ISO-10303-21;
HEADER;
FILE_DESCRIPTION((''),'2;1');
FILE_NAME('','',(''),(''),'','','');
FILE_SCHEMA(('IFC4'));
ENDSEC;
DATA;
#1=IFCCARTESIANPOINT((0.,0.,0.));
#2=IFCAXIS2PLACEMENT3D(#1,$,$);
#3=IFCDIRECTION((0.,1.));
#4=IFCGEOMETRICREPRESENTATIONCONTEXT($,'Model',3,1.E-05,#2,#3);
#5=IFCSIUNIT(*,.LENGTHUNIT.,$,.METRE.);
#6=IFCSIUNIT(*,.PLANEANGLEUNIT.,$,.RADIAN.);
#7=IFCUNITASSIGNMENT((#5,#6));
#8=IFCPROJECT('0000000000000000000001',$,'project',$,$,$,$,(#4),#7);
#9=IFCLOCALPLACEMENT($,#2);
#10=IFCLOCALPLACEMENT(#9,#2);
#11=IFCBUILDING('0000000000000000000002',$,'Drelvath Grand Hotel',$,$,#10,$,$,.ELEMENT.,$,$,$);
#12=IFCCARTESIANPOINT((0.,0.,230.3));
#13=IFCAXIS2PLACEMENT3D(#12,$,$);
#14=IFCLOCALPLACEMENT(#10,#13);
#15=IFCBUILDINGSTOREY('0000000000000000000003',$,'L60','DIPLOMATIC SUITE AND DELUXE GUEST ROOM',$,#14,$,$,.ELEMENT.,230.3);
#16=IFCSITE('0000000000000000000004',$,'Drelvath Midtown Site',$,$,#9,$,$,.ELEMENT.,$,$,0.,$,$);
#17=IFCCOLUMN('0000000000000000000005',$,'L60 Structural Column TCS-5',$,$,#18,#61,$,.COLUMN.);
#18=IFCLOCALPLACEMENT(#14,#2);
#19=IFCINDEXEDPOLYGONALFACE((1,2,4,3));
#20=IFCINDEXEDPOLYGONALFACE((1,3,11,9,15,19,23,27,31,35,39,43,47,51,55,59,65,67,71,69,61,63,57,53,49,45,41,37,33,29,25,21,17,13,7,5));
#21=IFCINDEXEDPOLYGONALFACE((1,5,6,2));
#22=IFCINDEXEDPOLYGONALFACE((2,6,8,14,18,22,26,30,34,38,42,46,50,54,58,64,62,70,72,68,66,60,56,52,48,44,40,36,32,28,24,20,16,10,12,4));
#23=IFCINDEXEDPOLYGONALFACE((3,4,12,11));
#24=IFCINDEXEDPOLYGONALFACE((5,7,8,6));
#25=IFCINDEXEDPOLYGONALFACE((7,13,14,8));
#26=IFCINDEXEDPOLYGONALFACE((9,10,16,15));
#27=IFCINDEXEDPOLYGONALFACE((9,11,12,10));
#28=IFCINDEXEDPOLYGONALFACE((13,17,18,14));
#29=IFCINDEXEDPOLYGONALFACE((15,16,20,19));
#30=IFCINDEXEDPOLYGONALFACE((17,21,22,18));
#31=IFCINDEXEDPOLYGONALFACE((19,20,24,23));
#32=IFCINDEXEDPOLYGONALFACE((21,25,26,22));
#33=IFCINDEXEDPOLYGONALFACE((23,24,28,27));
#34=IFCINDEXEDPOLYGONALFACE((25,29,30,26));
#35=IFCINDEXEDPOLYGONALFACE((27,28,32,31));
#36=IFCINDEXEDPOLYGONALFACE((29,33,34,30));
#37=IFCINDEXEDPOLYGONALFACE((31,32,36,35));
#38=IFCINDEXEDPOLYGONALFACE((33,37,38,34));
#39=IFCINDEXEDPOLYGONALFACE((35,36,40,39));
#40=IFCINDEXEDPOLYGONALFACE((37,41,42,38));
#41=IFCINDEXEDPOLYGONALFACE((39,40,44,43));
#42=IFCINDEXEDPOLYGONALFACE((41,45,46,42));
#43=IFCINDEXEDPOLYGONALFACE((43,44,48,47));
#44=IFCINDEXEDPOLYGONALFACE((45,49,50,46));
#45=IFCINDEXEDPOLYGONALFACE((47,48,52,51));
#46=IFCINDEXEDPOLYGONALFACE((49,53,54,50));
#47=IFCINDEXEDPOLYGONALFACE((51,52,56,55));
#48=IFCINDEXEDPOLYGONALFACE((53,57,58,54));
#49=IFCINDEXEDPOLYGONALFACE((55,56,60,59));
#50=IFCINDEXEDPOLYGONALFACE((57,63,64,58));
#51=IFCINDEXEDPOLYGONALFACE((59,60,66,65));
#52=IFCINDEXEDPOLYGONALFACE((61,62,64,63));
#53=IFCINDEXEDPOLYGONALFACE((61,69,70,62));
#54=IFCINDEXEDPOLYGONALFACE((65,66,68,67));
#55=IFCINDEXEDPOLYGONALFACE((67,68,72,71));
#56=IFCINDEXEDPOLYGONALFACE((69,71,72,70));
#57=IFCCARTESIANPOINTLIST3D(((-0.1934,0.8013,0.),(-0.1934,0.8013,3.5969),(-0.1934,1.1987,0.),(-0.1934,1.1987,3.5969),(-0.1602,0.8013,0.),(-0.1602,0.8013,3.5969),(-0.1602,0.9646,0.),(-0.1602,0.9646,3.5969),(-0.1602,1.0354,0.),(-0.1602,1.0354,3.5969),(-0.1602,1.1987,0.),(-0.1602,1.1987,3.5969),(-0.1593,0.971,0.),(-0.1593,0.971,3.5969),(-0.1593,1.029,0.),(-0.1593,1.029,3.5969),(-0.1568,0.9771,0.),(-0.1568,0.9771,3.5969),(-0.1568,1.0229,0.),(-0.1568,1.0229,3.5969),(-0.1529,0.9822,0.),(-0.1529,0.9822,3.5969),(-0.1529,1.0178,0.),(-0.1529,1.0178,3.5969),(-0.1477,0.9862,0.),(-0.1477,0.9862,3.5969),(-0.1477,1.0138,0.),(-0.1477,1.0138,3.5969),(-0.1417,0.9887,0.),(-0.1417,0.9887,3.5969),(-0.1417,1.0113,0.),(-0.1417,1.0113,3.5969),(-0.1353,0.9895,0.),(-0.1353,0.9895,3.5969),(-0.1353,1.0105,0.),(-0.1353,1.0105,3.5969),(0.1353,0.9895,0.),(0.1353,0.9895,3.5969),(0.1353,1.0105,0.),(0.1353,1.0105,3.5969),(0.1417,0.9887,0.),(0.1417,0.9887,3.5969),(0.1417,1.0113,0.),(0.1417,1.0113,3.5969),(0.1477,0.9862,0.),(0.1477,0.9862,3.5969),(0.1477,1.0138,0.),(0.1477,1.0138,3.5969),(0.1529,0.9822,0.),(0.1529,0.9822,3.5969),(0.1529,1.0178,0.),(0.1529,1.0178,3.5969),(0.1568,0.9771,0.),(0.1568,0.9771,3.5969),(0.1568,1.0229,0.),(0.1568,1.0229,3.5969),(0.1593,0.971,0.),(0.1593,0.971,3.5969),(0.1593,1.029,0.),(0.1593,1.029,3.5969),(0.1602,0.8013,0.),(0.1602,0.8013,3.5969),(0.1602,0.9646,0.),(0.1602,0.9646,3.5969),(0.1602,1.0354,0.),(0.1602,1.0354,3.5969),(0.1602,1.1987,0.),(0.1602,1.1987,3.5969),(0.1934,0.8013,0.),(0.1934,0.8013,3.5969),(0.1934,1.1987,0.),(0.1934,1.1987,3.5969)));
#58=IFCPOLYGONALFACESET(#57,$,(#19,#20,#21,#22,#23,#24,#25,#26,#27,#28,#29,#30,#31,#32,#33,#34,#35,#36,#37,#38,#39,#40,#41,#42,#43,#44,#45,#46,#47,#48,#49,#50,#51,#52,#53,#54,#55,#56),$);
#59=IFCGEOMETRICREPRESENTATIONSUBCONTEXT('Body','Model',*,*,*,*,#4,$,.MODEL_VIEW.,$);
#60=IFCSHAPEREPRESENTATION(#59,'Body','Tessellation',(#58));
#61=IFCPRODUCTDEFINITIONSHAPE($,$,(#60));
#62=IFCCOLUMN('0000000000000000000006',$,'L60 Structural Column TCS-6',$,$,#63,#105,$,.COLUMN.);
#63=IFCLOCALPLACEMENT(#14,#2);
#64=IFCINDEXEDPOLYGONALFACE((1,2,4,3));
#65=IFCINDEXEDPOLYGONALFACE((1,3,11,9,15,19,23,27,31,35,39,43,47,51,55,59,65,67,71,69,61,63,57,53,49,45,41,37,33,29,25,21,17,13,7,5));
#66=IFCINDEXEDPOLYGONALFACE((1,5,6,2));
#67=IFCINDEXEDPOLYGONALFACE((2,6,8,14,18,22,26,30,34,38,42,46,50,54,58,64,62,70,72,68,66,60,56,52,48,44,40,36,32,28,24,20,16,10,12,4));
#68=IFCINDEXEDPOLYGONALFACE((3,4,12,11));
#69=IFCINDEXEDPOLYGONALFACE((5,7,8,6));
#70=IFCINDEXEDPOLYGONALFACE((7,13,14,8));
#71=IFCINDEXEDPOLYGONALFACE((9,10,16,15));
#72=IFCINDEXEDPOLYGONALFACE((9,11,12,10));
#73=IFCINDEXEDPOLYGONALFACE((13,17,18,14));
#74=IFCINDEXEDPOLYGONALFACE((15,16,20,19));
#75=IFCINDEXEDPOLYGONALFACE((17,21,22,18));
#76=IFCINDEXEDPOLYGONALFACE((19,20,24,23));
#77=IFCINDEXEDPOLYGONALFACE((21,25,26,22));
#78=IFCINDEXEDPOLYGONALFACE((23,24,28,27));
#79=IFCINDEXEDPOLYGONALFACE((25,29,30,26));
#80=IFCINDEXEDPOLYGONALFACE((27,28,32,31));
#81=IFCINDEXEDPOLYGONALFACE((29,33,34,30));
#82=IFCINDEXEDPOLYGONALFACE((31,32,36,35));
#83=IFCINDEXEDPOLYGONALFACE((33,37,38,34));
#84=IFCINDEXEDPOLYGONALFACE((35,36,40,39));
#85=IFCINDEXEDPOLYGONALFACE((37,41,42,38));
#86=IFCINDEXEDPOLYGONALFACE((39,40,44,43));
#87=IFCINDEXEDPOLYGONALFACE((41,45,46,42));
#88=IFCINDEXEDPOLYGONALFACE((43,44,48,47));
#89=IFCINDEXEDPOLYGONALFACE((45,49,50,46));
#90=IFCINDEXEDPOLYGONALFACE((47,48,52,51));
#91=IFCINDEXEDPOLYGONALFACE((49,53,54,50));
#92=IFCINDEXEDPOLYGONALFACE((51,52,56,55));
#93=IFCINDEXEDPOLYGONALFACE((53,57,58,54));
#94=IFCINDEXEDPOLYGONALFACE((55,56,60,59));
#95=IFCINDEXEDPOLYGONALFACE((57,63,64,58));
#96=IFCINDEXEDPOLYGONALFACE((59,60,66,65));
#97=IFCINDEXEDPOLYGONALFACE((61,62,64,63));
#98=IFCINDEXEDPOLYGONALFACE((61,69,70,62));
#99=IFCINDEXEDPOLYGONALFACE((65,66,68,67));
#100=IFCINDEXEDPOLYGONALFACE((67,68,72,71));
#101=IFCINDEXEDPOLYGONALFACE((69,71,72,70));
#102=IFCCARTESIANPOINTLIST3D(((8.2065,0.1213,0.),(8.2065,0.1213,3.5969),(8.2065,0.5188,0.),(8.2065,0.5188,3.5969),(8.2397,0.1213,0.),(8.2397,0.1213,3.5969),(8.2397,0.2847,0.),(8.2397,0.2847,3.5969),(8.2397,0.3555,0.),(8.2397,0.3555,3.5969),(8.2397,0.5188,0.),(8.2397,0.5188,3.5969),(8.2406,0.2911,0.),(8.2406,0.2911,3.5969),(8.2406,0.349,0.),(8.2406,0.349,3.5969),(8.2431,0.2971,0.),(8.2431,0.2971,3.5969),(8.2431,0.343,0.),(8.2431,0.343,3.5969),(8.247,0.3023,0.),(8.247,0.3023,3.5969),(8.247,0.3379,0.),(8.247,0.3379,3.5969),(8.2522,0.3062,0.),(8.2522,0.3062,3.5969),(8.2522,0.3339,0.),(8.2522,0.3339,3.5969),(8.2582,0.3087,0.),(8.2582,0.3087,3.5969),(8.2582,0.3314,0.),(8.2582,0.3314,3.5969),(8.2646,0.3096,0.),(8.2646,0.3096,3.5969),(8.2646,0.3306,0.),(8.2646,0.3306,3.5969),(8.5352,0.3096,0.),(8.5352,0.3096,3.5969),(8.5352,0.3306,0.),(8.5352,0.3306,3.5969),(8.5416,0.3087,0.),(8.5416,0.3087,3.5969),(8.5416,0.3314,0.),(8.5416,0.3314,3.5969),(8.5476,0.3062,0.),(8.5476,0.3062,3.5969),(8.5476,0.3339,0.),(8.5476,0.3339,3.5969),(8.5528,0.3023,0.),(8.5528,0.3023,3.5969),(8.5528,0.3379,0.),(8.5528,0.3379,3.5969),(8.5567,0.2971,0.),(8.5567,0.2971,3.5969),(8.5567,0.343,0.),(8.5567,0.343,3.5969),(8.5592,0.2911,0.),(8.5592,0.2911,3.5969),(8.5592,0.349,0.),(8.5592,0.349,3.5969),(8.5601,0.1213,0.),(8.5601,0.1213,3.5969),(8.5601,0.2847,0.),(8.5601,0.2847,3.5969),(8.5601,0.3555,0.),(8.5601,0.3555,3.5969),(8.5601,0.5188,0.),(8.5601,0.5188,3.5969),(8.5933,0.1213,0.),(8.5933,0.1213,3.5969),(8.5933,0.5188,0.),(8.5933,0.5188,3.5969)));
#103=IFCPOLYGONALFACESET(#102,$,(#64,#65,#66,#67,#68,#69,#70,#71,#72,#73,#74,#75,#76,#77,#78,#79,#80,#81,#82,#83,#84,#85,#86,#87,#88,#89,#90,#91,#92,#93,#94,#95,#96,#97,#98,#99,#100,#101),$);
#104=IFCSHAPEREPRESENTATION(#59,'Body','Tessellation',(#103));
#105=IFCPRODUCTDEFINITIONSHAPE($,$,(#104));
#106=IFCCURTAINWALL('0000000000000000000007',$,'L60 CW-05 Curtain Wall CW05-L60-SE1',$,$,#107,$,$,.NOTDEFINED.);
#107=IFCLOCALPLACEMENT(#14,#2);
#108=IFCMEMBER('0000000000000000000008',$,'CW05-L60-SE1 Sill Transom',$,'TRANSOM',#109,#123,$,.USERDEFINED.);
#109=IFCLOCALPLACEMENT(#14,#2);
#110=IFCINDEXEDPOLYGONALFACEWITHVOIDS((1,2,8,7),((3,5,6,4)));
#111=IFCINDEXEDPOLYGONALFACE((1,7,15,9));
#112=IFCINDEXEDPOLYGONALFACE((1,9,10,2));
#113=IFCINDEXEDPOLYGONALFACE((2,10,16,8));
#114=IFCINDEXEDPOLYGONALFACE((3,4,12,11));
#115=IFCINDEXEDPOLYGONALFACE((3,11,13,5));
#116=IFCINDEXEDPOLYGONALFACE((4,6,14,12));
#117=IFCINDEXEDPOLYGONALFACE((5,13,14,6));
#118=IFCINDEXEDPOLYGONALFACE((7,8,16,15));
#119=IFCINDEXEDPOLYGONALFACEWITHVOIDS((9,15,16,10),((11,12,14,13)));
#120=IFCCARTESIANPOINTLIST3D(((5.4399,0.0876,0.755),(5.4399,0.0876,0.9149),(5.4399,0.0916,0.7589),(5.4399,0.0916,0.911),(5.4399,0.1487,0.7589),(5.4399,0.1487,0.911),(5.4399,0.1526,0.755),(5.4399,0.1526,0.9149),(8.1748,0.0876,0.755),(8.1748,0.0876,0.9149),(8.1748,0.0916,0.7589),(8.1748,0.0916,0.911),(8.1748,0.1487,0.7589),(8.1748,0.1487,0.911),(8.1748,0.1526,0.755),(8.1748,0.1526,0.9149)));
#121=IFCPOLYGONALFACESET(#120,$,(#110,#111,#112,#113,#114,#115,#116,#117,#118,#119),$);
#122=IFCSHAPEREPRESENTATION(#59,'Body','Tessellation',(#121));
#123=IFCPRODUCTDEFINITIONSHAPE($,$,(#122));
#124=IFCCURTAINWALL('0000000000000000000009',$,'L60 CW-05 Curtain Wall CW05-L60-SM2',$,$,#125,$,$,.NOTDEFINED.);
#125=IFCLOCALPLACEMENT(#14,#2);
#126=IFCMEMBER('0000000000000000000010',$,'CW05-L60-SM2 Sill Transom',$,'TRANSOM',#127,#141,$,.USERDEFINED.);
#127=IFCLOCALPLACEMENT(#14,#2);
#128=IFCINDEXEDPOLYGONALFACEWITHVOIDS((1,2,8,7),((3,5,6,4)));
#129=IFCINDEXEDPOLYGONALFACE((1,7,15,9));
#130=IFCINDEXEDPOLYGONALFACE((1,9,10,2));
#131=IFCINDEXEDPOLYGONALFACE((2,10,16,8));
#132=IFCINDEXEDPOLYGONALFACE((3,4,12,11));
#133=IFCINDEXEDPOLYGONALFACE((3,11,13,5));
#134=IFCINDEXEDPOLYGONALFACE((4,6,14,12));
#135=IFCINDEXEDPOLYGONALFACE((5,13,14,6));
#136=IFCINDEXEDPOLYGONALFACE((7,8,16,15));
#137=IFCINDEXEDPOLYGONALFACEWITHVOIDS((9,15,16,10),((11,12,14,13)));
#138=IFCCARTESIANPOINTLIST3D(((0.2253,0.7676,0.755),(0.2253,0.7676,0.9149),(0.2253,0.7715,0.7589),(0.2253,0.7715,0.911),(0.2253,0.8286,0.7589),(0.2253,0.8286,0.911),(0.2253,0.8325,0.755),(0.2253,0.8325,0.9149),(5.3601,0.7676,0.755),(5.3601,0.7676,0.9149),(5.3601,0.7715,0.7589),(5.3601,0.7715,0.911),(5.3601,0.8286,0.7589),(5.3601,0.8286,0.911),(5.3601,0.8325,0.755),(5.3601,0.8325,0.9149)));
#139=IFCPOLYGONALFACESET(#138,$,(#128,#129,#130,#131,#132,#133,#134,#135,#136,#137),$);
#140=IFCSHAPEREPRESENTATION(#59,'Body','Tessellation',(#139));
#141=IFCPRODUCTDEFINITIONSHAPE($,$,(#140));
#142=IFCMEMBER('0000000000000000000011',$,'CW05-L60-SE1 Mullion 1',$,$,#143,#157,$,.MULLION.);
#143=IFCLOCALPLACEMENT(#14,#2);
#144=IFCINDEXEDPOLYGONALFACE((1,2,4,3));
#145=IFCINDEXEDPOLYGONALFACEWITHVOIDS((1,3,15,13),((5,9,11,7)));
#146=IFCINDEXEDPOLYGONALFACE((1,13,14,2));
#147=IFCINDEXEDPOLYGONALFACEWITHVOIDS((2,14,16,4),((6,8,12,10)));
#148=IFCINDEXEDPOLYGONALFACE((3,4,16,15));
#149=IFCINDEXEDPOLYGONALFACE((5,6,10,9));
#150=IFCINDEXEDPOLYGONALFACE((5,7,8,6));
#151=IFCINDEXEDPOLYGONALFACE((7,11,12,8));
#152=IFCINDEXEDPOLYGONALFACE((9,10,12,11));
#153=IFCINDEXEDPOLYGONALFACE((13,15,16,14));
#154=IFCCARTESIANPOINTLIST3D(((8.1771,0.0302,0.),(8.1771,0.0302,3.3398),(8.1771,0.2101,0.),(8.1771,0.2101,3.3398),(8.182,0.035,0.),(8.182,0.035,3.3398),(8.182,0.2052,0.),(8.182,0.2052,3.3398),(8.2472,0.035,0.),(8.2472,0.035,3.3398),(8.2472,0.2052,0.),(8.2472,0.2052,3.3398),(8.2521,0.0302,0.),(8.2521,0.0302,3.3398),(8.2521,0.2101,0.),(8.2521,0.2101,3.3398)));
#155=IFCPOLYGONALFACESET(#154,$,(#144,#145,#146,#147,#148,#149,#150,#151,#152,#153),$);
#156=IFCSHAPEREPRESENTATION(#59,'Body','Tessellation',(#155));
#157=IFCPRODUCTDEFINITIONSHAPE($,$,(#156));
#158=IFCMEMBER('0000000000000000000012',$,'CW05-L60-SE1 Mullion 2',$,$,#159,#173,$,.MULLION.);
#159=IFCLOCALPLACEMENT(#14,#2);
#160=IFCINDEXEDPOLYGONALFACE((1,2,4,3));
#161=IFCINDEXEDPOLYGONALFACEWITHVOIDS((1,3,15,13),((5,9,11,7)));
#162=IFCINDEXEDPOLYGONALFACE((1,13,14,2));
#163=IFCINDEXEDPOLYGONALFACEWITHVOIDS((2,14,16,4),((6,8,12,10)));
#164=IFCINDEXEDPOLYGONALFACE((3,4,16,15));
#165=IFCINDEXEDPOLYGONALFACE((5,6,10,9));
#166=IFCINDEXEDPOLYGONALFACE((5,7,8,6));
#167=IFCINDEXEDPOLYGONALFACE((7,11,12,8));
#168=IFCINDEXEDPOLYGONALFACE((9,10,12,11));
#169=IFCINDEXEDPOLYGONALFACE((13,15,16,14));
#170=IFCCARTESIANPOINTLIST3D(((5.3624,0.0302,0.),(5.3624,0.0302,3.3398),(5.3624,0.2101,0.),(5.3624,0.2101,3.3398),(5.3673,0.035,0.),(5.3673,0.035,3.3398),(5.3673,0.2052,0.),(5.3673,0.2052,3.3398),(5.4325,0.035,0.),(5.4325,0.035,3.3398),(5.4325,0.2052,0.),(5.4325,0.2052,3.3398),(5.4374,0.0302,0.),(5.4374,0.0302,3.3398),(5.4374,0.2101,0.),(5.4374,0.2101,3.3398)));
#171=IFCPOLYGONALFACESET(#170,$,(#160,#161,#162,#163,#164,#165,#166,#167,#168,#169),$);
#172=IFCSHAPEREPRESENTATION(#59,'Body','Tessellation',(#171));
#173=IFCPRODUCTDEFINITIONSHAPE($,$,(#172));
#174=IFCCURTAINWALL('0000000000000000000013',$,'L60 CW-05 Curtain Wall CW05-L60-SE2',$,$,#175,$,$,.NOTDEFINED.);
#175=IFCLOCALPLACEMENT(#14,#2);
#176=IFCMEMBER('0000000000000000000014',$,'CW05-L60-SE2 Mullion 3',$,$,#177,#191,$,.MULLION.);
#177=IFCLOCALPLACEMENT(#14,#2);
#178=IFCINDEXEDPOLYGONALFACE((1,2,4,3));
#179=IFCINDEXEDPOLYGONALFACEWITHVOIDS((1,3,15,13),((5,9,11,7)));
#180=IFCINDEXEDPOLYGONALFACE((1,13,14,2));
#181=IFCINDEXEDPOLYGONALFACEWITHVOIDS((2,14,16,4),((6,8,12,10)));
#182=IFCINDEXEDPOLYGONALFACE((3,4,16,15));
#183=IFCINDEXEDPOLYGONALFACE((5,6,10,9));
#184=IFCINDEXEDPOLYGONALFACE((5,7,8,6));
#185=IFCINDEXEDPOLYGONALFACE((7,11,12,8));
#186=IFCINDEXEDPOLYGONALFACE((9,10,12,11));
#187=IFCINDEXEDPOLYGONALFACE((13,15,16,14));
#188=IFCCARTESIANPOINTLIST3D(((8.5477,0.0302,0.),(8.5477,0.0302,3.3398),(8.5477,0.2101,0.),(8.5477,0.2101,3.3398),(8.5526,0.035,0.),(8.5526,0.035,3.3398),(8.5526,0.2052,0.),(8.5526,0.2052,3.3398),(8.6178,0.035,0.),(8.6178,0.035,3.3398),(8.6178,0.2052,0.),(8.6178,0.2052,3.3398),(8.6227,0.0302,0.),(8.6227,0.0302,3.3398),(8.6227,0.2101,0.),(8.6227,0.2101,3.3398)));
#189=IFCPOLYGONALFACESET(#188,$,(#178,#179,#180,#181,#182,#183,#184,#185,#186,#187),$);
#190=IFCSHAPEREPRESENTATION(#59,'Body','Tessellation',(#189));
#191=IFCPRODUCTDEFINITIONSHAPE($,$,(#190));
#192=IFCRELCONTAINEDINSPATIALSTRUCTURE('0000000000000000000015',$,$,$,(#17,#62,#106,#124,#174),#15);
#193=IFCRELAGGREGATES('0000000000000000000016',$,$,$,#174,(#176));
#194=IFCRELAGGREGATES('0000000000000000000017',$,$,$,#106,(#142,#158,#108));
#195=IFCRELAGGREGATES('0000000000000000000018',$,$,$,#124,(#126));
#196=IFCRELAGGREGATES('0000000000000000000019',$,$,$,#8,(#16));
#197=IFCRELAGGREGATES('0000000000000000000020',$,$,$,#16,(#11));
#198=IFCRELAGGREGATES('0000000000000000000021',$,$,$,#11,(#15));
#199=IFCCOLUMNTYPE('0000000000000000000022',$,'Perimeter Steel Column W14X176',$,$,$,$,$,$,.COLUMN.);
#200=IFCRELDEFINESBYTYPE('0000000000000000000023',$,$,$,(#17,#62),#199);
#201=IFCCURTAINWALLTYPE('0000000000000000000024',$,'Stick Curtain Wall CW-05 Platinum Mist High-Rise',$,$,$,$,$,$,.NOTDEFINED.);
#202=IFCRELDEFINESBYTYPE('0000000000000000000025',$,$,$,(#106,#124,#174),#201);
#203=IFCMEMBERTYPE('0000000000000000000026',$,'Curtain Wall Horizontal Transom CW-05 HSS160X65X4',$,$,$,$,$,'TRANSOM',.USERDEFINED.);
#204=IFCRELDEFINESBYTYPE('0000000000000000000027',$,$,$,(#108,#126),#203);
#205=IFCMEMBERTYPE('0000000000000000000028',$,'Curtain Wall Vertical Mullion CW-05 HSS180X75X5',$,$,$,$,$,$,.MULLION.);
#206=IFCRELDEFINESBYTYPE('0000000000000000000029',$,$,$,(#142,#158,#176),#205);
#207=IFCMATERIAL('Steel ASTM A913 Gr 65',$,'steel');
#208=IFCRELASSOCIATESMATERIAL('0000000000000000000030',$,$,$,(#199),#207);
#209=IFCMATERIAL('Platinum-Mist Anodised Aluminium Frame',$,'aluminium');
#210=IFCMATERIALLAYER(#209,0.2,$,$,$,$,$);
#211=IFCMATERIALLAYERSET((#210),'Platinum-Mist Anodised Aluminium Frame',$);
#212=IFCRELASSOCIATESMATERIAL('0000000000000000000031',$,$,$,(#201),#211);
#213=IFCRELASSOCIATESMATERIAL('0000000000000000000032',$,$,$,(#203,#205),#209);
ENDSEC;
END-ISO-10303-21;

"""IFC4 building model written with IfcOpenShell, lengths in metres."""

from ifc_helpers import new_model, si_unit, direction, frame, origin, origin_2d, place, context, subcontext, project, spatial, hollow_rectangle, i_section, extrude, material, layer, layer_set, material_profile, profile_set, type_object, element, aggregate, save


model = new_model("IFC4")

# Units and contexts
model_context = context("Model", 3, precision=1e-05, world=origin(), true_north=direction((0.0, 1.0)))
body_context = subcontext(model_context, "Body", "Model", "MODEL_VIEW")
ifc_project = project(units=[si_unit("LENGTHUNIT", "METRE"), si_unit("PLANEANGLEUNIT", "RADIAN")], contexts=[model_context])

# Site, building, storey
site_placement = place(None, origin())
site = spatial("IfcSite", under=ifc_project, at=site_placement, Name="Drelvath Midtown Site", CompositionType="ELEMENT", RefElevation=0.0)
building_placement = place(site_placement, origin())
building = spatial("IfcBuilding", under=site, at=building_placement, Name="Drelvath Grand Hotel", CompositionType="ELEMENT")
storey_placement = place(building_placement, frame((0.0, 0.0, 230.3)))
storey = spatial("IfcBuildingStorey", under=building, at=storey_placement, Name="L60", Description="DIPLOMATIC SUITE AND DELUXE GUEST ROOM", CompositionType="ELEMENT", Elevation=230.3)

# Columns
ifc_material_1 = material(Name="Steel ASTM A913 Gr 65", Category="steel")
ifc_material_profile_1 = material_profile(ifc_material_1, i_section(OverallWidth=0.3975, OverallDepth=0.3867, WebThickness=0.021, FlangeThickness=0.0332, FilletRadius=0.0249, at=origin_2d()), Name="W14X176")
ifc_profile_set_1 = profile_set([ifc_material_profile_1], Name="Steel ASTM A913 Gr 65")
column_type = type_object("IfcColumnType", Name="Perimeter Steel Column W14X176", PredefinedType="COLUMN", material=ifc_profile_set_1)
for number, where, z_axis, x_axis, name in (
    (1, (0.0, 1.0, 0.0), (0.0, 0.0, 1.0), (0.0, 1.0, 0.0), "L60 Structural Column TCS-5"),
    (2, (8.3999, 0.3201, 0.0), (0.0, 0.0, 1.0), (0.0, 1.0, 0.0), "L60 Structural Column TCS-6"),
):
    element("IfcColumn", number, at=place(storey_placement, frame(where, z_axis=z_axis, x_axis=x_axis)), inside=storey, type_object=column_type, Name=name, PredefinedType="COLUMN", context=body_context, shape_type="SweptSolid", body=[
        extrude(i_section(OverallWidth=0.3975, OverallDepth=0.3867, WebThickness=0.021, FlangeThickness=0.0332, FilletRadius=0.0249, at=origin_2d()), origin(), (0.0, 0.0, 1.0), 3.5969),
    ])

# Curtain walls, members
ifc_material_2 = material(Name="Platinum-Mist Anodised Aluminium Frame", Category="aluminium")
ifc_layer_1 = layer(ifc_material_2, 0.2)
ifc_layer_set_1 = layer_set([ifc_layer_1], Name="Platinum-Mist Anodised Aluminium Frame")
curtain_wall_type = type_object("IfcCurtainWallType", Name="Stick Curtain Wall CW-05 Platinum Mist High-Rise", PredefinedType="NOTDEFINED", material=ifc_layer_set_1)
curtain_wall_1_placement = place(storey_placement, origin())
curtain_wall_1 = element("IfcCurtainWall", 3, at=curtain_wall_1_placement, inside=storey, type_object=curtain_wall_type, Name="L60 CW-05 Curtain Wall CW05-L60-SE1", PredefinedType="NOTDEFINED")
ifc_material_profile_2 = material_profile(ifc_material_2, hollow_rectangle(XDim=0.0649, YDim=0.1599, WallThickness=0.0039, at=origin_2d()), Name="HSS160X65X4")
ifc_profile_set_2 = profile_set([ifc_material_profile_2], Name="Platinum-Mist Anodised Aluminium Frame")
member_type_1 = type_object("IfcMemberType", Name="Curtain Wall Horizontal Transom CW-05 HSS160X65X4", ElementType="TRANSOM", PredefinedType="USERDEFINED", material=ifc_profile_set_2)
member_1_placement = place(storey_placement, frame((8.1748, 0.1201, 0.835), z_axis=(-1.0, 0.0, 0.0), x_axis=(0.0, -1.0, 0.0)))
member_1 = element("IfcMember", 4, at=member_1_placement, type_object=member_type_1, Name="CW05-L60-SE1 Sill Transom", ObjectType="TRANSOM", PredefinedType="USERDEFINED", context=body_context, shape_type="SweptSolid", body=[
    extrude(hollow_rectangle(XDim=0.0649, YDim=0.1599, WallThickness=0.0039, at=origin_2d()), origin(), (0.0, 0.0, 1.0), 2.7349),
])
curtain_wall_2_placement = place(storey_placement, origin())
curtain_wall_2 = element("IfcCurtainWall", 5, at=curtain_wall_2_placement, inside=storey, type_object=curtain_wall_type, Name="L60 CW-05 Curtain Wall CW05-L60-SM2", PredefinedType="NOTDEFINED")
member_2_placement = place(storey_placement, frame((5.3601, 0.8, 0.835), z_axis=(-1.0, 0.0, 0.0), x_axis=(0.0, -1.0, 0.0)))
member_2 = element("IfcMember", 6, at=member_2_placement, type_object=member_type_1, Name="CW05-L60-SM2 Sill Transom", ObjectType="TRANSOM", PredefinedType="USERDEFINED", context=body_context, shape_type="SweptSolid", body=[
    extrude(hollow_rectangle(XDim=0.0649, YDim=0.1599, WallThickness=0.0039, at=origin_2d()), origin(), (0.0, 0.0, 1.0), 5.1348),
])

# Members
ifc_material_profile_3 = material_profile(ifc_material_2, hollow_rectangle(XDim=0.075, YDim=0.1799, WallThickness=0.0049, at=origin_2d()), Name="HSS180X75X5")
ifc_profile_set_3 = profile_set([ifc_material_profile_3], Name="Platinum-Mist Anodised Aluminium Frame")
member_type_2 = type_object("IfcMemberType", Name="Curtain Wall Vertical Mullion CW-05 HSS180X75X5", PredefinedType="MULLION", material=ifc_profile_set_3)
member_3_placement = place(storey_placement, frame((8.2146, 0.1201, 0.0), z_axis=(0.0, 0.0, 1.0), x_axis=(1.0, 0.0, 0.0)))
member_3 = element("IfcMember", 7, at=member_3_placement, type_object=member_type_2, Name="CW05-L60-SE1 Mullion 1", PredefinedType="MULLION", context=body_context, shape_type="SweptSolid", body=[
    extrude(hollow_rectangle(XDim=0.075, YDim=0.1799, WallThickness=0.0049, at=origin_2d()), origin(), (0.0, 0.0, 1.0), 3.3398),
])
member_4_placement = place(storey_placement, frame((5.3999, 0.1201, 0.0), z_axis=(0.0, 0.0, 1.0), x_axis=(1.0, 0.0, 0.0)))
member_4 = element("IfcMember", 8, at=member_4_placement, type_object=member_type_2, Name="CW05-L60-SE1 Mullion 2", PredefinedType="MULLION", context=body_context, shape_type="SweptSolid", body=[
    extrude(hollow_rectangle(XDim=0.075, YDim=0.1799, WallThickness=0.0049, at=origin_2d()), origin(), (0.0, 0.0, 1.0), 3.3398),
])

# Curtain wall, member
curtain_wall_3_placement = place(storey_placement, origin())
curtain_wall_3 = element("IfcCurtainWall", 9, at=curtain_wall_3_placement, inside=storey, type_object=curtain_wall_type, Name="L60 CW-05 Curtain Wall CW05-L60-SE2", PredefinedType="NOTDEFINED")
member_5_placement = place(storey_placement, frame((8.5852, 0.1201, 0.0), z_axis=(0.0, 0.0, 1.0), x_axis=(1.0, 0.0, 0.0)))
member_5 = element("IfcMember", 10, at=member_5_placement, type_object=member_type_2, Name="CW05-L60-SE2 Mullion 3", PredefinedType="MULLION", context=body_context, shape_type="SweptSolid", body=[
    extrude(hollow_rectangle(XDim=0.075, YDim=0.1799, WallThickness=0.0049, at=origin_2d()), origin(), (0.0, 0.0, 1.0), 3.3398),
])
aggregate(curtain_wall_3, [member_5])

aggregate(curtain_wall_1, [member_3, member_4, member_1])
aggregate(curtain_wall_2, [member_2])

save(model, "model.ifc")
